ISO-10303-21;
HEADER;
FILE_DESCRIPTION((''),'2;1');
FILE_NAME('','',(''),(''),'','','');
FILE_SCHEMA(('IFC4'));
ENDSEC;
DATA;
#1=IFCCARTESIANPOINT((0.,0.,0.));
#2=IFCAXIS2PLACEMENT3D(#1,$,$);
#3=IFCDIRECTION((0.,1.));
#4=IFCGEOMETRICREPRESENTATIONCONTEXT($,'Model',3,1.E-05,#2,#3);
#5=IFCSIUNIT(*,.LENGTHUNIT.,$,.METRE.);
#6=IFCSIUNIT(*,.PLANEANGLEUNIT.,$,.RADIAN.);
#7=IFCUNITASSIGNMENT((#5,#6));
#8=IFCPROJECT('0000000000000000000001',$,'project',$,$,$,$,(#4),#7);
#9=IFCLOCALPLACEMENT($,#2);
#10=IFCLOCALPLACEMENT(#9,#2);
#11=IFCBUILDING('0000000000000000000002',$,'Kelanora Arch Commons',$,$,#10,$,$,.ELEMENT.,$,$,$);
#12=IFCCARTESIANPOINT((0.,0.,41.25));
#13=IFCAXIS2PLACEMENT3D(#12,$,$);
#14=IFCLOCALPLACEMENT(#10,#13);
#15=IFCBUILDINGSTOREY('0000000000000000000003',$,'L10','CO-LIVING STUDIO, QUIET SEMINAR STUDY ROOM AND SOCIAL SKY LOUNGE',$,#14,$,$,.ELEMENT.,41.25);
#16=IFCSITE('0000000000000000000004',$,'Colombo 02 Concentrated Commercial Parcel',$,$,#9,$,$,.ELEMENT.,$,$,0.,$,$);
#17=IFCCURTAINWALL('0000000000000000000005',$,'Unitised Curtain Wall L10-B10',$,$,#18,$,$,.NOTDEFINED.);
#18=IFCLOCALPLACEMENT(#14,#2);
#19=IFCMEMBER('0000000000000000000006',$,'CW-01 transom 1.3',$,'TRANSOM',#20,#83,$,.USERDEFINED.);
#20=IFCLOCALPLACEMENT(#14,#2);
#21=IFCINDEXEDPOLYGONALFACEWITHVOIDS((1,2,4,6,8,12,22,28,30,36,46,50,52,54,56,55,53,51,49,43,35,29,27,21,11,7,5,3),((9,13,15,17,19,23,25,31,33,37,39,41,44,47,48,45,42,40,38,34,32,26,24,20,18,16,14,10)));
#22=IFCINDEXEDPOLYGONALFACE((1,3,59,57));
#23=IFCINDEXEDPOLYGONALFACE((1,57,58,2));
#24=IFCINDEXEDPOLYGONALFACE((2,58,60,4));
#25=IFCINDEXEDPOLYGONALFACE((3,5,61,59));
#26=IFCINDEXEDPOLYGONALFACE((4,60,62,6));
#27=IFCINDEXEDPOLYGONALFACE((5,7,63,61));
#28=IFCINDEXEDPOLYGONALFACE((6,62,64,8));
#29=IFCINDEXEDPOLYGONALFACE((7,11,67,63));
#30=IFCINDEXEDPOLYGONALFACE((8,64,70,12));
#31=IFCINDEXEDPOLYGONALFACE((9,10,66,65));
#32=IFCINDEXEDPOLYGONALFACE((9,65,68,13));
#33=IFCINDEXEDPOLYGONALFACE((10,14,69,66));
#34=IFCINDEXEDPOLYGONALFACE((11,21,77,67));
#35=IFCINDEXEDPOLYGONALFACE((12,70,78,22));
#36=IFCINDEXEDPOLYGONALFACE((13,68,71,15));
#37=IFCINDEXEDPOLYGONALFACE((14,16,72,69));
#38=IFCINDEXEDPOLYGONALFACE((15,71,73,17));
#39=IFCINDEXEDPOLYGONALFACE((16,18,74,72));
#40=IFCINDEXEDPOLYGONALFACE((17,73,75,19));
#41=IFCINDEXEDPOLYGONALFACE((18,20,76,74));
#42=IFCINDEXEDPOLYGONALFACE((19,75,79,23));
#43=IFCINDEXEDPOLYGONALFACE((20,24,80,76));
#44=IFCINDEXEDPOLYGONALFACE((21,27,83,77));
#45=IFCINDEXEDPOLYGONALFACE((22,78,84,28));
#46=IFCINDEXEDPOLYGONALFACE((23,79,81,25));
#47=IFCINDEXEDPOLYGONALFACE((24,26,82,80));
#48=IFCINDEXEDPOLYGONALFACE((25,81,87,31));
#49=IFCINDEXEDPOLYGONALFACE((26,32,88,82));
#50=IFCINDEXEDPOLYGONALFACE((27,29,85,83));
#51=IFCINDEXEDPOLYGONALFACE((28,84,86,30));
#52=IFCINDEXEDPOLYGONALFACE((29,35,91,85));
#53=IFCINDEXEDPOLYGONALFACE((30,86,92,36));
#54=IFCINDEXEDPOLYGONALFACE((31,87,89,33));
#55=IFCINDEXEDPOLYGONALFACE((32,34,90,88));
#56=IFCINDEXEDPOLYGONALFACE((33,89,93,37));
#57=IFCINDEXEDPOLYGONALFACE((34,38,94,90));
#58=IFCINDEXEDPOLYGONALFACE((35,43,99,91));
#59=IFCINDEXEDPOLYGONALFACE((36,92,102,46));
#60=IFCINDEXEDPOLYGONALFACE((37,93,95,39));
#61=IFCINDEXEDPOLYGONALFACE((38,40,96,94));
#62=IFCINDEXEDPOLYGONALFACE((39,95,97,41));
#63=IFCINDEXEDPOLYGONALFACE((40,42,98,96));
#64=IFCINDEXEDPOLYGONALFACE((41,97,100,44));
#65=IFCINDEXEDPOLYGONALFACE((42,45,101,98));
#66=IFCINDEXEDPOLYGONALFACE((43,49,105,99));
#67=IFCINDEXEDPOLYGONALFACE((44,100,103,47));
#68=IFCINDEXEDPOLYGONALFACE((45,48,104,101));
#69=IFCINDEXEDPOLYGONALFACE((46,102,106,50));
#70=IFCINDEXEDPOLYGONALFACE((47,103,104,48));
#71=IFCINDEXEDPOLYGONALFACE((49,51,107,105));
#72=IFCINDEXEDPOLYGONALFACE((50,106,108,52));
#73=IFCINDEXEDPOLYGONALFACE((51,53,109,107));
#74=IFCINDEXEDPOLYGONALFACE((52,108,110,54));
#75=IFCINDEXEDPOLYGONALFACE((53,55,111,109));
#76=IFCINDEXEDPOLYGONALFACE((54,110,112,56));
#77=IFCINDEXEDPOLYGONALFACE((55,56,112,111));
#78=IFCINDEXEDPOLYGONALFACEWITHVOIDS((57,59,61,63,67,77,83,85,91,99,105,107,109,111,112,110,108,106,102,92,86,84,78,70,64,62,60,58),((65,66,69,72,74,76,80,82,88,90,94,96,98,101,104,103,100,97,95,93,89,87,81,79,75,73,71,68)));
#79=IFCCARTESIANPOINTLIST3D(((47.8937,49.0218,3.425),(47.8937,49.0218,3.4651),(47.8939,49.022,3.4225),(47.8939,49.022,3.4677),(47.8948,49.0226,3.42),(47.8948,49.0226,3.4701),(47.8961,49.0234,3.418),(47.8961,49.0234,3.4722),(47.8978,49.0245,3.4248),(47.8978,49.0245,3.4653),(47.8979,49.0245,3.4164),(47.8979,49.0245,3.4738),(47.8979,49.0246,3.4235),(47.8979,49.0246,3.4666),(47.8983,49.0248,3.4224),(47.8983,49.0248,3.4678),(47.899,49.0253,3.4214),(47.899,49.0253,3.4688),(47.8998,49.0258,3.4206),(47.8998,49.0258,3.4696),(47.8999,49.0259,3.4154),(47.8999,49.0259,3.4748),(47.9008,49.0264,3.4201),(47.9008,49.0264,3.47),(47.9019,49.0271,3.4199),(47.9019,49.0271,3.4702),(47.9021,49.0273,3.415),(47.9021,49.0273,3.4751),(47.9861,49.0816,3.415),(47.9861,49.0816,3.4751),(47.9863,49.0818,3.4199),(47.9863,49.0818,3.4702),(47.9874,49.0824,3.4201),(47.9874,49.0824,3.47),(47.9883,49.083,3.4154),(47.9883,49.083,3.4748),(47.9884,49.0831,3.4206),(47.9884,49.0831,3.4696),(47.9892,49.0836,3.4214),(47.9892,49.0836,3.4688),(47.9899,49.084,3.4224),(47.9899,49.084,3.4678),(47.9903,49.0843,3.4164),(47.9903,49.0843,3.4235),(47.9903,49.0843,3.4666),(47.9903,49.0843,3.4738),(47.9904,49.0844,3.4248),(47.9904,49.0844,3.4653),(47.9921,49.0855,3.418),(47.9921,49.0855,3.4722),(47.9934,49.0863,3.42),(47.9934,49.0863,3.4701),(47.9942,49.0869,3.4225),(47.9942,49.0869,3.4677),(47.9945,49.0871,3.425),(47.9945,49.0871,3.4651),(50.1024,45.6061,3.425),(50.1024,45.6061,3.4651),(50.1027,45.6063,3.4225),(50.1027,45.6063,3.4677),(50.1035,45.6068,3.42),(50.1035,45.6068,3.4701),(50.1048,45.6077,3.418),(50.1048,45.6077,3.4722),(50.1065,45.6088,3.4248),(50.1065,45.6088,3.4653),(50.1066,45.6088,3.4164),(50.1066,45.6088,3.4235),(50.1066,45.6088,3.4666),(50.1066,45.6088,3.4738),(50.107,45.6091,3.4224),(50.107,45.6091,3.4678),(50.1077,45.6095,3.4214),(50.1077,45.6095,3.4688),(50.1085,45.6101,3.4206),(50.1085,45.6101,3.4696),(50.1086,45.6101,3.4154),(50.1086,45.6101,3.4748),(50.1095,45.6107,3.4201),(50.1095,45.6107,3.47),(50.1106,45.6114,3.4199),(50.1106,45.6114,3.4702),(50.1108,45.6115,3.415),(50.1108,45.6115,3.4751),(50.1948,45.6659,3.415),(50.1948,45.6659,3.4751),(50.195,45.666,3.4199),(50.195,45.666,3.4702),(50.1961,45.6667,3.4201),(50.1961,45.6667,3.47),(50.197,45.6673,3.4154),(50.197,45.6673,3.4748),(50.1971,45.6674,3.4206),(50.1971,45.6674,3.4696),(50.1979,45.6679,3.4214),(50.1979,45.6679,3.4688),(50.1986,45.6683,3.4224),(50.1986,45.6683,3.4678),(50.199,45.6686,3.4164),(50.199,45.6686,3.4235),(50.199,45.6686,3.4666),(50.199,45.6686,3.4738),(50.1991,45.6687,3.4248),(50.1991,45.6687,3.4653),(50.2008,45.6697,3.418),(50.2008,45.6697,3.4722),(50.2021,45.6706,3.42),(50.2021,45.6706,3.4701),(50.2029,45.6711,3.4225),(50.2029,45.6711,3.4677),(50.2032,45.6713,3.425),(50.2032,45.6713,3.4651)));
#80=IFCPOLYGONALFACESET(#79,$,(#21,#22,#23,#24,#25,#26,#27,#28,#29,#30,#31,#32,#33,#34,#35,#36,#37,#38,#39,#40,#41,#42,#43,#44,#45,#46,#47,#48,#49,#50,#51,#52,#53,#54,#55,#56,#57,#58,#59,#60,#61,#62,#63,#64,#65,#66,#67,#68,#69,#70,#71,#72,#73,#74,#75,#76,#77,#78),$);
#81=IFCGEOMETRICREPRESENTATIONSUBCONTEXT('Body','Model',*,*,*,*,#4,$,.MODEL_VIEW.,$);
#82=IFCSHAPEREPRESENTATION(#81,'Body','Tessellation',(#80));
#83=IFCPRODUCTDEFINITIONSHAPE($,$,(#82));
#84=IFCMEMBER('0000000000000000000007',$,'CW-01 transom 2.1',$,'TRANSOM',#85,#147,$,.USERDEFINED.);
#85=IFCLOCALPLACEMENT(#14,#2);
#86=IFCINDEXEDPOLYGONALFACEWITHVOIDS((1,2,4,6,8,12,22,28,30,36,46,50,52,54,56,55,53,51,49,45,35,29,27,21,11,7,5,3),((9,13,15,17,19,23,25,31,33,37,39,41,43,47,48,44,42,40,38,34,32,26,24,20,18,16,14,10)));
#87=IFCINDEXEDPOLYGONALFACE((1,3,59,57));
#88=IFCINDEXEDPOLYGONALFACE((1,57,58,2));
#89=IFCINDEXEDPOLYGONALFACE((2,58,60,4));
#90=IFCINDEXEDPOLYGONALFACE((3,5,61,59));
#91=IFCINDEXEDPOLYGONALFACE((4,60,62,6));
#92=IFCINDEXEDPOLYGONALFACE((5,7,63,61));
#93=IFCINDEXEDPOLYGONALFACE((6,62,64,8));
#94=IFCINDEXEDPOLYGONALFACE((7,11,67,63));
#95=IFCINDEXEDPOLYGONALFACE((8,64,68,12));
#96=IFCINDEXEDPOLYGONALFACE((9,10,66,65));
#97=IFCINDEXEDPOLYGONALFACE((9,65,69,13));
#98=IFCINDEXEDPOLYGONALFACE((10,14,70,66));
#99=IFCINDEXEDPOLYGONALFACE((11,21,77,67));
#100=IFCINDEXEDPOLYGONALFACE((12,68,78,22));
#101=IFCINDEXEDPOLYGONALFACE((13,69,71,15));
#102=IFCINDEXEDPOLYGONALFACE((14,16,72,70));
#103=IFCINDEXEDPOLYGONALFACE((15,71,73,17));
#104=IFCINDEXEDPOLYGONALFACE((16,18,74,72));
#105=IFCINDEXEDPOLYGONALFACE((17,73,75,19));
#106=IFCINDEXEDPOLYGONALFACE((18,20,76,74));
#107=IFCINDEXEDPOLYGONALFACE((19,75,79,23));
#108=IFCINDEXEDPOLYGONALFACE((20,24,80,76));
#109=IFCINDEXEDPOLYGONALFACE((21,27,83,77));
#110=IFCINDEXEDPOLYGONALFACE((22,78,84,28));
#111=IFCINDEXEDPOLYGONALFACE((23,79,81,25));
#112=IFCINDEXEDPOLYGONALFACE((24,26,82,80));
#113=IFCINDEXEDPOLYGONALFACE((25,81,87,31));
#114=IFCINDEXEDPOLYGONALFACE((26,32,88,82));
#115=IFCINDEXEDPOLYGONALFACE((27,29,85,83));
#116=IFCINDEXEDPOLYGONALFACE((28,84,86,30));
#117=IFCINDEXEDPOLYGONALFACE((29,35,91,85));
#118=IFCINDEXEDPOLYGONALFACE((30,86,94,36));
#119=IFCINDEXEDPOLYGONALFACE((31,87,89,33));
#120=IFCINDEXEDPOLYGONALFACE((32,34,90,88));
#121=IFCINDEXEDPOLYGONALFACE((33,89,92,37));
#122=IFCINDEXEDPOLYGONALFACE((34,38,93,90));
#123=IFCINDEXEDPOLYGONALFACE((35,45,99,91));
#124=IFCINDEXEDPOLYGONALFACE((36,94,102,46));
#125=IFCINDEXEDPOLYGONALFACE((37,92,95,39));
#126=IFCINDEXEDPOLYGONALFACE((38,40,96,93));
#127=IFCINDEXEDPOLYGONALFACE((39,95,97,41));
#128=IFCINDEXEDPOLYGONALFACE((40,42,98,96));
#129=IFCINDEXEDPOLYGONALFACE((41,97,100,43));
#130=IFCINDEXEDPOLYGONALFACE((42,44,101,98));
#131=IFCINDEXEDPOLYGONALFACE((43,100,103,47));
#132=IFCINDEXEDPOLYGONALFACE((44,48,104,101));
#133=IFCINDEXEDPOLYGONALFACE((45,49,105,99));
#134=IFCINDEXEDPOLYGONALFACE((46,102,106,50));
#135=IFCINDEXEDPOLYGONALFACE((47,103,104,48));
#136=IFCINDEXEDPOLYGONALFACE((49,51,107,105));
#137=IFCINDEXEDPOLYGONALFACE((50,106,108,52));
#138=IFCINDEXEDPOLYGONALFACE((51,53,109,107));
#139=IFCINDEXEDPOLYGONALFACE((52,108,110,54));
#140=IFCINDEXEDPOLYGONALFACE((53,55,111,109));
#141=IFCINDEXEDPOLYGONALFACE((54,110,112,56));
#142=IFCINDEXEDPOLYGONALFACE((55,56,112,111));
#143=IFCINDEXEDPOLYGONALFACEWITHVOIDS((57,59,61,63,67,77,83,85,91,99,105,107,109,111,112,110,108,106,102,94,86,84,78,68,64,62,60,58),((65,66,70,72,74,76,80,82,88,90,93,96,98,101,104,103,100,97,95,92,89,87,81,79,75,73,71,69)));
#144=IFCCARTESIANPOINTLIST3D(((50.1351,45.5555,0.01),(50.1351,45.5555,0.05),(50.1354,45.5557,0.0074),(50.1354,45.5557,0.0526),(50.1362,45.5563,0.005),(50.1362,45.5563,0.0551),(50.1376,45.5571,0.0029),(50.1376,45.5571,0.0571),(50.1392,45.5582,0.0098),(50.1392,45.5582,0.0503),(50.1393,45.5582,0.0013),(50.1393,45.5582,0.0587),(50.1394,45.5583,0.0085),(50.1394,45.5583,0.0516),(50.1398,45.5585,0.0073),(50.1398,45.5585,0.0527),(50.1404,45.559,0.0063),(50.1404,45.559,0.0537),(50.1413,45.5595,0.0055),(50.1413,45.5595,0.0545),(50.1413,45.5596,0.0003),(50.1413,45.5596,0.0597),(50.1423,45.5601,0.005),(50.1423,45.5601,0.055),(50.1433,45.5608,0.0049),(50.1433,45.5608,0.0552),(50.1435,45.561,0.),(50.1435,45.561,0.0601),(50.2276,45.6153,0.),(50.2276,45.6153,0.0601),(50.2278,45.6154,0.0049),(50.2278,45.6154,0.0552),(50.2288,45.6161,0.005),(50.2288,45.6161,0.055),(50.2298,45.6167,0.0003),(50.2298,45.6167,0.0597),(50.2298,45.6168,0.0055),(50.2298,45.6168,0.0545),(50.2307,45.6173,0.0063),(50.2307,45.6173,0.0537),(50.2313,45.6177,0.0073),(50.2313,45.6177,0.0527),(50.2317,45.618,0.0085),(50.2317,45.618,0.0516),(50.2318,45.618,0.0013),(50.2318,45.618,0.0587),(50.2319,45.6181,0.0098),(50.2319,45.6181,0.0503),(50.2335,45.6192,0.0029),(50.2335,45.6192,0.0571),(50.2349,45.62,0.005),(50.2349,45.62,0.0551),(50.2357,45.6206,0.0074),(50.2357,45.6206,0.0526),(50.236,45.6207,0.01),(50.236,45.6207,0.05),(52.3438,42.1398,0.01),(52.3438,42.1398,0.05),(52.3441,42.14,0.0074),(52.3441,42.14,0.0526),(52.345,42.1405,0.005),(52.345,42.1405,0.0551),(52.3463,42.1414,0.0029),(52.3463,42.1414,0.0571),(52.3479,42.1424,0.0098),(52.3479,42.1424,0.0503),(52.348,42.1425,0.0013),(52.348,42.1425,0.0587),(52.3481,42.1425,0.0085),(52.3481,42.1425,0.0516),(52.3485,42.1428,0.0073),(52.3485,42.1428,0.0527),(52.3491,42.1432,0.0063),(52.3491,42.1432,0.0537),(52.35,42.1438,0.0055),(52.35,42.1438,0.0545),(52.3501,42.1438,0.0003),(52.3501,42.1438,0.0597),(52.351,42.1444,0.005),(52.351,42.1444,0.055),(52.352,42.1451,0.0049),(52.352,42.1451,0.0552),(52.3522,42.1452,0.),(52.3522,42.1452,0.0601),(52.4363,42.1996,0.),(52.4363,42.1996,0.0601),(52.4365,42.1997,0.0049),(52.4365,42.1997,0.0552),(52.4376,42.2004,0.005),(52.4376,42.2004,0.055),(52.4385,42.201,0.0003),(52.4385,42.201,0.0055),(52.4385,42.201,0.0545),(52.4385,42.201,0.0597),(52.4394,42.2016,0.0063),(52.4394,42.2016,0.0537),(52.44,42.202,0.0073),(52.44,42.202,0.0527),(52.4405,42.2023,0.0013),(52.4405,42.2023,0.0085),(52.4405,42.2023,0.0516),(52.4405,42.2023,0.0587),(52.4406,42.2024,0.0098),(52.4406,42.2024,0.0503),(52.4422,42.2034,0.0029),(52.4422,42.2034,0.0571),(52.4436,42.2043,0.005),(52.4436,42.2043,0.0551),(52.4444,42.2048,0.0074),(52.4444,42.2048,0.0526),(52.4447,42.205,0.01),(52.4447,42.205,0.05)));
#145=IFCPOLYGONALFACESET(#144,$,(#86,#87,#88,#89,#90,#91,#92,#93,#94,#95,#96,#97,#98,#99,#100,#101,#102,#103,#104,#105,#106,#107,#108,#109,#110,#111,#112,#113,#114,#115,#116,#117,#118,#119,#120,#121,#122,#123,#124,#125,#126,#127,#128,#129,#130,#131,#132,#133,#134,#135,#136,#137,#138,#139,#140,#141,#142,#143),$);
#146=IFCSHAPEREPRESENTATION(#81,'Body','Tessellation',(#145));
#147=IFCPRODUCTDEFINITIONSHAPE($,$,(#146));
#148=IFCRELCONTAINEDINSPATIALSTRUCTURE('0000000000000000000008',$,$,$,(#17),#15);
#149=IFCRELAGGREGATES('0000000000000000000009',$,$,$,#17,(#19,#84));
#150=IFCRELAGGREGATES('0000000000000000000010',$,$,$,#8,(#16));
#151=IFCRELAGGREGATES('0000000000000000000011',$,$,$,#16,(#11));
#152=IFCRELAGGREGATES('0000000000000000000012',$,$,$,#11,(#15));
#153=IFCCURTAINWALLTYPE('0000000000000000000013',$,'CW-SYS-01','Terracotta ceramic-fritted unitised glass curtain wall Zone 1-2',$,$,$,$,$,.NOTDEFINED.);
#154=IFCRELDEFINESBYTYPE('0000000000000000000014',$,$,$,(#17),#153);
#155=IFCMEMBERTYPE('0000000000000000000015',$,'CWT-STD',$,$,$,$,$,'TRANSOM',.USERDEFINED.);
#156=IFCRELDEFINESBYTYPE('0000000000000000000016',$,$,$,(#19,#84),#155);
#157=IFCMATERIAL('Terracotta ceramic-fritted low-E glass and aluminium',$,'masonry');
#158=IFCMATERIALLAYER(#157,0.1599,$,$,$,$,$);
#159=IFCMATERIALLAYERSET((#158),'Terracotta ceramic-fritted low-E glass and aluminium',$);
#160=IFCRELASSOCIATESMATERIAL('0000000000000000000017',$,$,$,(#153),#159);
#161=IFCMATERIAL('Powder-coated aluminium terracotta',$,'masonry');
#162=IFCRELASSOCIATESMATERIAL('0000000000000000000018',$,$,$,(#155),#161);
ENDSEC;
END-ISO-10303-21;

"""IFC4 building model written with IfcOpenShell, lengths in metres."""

from ifc_helpers import new_model, si_unit, direction, frame, origin, origin_2d, place, context, subcontext, project, spatial, hollow_rectangle, extrude, material, layer, layer_set, material_profile, profile_set, type_object, element, aggregate, save


model = new_model("IFC4")

# Units and contexts
model_context = context("Model", 3, precision=1e-05, world=origin(), true_north=direction((0.0, 1.0)))
body_context = subcontext(model_context, "Body", "Model", "MODEL_VIEW")
ifc_project = project(units=[si_unit("LENGTHUNIT", "METRE"), si_unit("PLANEANGLEUNIT", "RADIAN")], contexts=[model_context])

# Site, building, storey
site_placement = place(None, origin())
site = spatial("IfcSite", under=ifc_project, at=site_placement, Name="Colombo 02 Concentrated Commercial Parcel", CompositionType="ELEMENT", RefElevation=0.0)
building_placement = place(site_placement, origin())
building = spatial("IfcBuilding", under=site, at=building_placement, Name="Kelanora Arch Commons", CompositionType="ELEMENT")
storey_placement = place(building_placement, frame((0.0, 0.0, 41.25)))
storey = spatial("IfcBuildingStorey", under=building, at=storey_placement, Name="L10", Description="CO-LIVING STUDIO, QUIET SEMINAR STUDY ROOM AND SOCIAL SKY LOUNGE", CompositionType="ELEMENT", Elevation=41.25)

# Curtain wall, members
ifc_material_1 = material(Name="Terracotta ceramic-fritted low-E glass and aluminium", Category="masonry")
ifc_layer_1 = layer(ifc_material_1, 0.1599)
ifc_layer_set_1 = layer_set([ifc_layer_1], Name="Terracotta ceramic-fritted low-E glass and aluminium")
curtain_wall_type = type_object("IfcCurtainWallType", Name="CW-SYS-01", Description="Terracotta ceramic-fritted unitised glass curtain wall Zone 1-2", PredefinedType="NOTDEFINED", material=ifc_layer_set_1)
curtain_wall_placement = place(storey_placement, origin())
curtain_wall = element("IfcCurtainWall", 1, at=curtain_wall_placement, inside=storey, type_object=curtain_wall_type, Name="Unitised Curtain Wall L10-B10", PredefinedType="NOTDEFINED")
ifc_material_2 = material(Name="Powder-coated aluminium terracotta", Category="masonry")
ifc_material_profile_1 = material_profile(ifc_material_2, hollow_rectangle(XDim=0.1201, YDim=0.0601, WallThickness=0.0049, InnerFilletRadius=0.0049, OuterFilletRadius=0.01, at=origin_2d()), Name="CWT120x60")
ifc_profile_set_1 = profile_set([ifc_material_profile_1], Name="Powder-coated aluminium terracotta")
member_type_1 = type_object("IfcMemberType", Name="CWT-STD", ElementType="TRANSOM", PredefinedType="USERDEFINED", material=ifc_profile_set_1)
member_1_placement = place(storey_placement, frame((47.9441, 49.0544, 3.4451), z_axis=(0.542997, -0.839734, 0.0), x_axis=(0.839734, 0.542997, 0.0)))
member_1 = element("IfcMember", 2, at=member_1_placement, type_object=member_type_1, Name="CW-01 transom 1.3", ObjectType="TRANSOM", PredefinedType="USERDEFINED", context=body_context, shape_type="SweptSolid", body=[
    extrude(hollow_rectangle(XDim=0.1201, YDim=0.0601, WallThickness=0.0049, InnerFilletRadius=0.0049, OuterFilletRadius=0.01, at=origin_2d()), origin(), (0.0, 0.0, 1.0), 4.0676),
])
member_2_placement = place(storey_placement, frame((50.1855, 45.5881, 0.03), z_axis=(0.542997, -0.839734, 0.0), x_axis=(0.839734, 0.542997, 0.0)))
member_2 = element("IfcMember", 3, at=member_2_placement, type_object=member_type_1, Name="CW-01 transom 2.1", ObjectType="TRANSOM", PredefinedType="USERDEFINED", context=body_context, shape_type="SweptSolid", body=[
    extrude(hollow_rectangle(XDim=0.1201, YDim=0.0601, WallThickness=0.0049, InnerFilletRadius=0.0049, OuterFilletRadius=0.01, at=origin_2d()), origin(), (0.0, 0.0, 1.0), 4.0676),
])

aggregate(curtain_wall, [member_1, member_2])

save(model, "model.ifc")
